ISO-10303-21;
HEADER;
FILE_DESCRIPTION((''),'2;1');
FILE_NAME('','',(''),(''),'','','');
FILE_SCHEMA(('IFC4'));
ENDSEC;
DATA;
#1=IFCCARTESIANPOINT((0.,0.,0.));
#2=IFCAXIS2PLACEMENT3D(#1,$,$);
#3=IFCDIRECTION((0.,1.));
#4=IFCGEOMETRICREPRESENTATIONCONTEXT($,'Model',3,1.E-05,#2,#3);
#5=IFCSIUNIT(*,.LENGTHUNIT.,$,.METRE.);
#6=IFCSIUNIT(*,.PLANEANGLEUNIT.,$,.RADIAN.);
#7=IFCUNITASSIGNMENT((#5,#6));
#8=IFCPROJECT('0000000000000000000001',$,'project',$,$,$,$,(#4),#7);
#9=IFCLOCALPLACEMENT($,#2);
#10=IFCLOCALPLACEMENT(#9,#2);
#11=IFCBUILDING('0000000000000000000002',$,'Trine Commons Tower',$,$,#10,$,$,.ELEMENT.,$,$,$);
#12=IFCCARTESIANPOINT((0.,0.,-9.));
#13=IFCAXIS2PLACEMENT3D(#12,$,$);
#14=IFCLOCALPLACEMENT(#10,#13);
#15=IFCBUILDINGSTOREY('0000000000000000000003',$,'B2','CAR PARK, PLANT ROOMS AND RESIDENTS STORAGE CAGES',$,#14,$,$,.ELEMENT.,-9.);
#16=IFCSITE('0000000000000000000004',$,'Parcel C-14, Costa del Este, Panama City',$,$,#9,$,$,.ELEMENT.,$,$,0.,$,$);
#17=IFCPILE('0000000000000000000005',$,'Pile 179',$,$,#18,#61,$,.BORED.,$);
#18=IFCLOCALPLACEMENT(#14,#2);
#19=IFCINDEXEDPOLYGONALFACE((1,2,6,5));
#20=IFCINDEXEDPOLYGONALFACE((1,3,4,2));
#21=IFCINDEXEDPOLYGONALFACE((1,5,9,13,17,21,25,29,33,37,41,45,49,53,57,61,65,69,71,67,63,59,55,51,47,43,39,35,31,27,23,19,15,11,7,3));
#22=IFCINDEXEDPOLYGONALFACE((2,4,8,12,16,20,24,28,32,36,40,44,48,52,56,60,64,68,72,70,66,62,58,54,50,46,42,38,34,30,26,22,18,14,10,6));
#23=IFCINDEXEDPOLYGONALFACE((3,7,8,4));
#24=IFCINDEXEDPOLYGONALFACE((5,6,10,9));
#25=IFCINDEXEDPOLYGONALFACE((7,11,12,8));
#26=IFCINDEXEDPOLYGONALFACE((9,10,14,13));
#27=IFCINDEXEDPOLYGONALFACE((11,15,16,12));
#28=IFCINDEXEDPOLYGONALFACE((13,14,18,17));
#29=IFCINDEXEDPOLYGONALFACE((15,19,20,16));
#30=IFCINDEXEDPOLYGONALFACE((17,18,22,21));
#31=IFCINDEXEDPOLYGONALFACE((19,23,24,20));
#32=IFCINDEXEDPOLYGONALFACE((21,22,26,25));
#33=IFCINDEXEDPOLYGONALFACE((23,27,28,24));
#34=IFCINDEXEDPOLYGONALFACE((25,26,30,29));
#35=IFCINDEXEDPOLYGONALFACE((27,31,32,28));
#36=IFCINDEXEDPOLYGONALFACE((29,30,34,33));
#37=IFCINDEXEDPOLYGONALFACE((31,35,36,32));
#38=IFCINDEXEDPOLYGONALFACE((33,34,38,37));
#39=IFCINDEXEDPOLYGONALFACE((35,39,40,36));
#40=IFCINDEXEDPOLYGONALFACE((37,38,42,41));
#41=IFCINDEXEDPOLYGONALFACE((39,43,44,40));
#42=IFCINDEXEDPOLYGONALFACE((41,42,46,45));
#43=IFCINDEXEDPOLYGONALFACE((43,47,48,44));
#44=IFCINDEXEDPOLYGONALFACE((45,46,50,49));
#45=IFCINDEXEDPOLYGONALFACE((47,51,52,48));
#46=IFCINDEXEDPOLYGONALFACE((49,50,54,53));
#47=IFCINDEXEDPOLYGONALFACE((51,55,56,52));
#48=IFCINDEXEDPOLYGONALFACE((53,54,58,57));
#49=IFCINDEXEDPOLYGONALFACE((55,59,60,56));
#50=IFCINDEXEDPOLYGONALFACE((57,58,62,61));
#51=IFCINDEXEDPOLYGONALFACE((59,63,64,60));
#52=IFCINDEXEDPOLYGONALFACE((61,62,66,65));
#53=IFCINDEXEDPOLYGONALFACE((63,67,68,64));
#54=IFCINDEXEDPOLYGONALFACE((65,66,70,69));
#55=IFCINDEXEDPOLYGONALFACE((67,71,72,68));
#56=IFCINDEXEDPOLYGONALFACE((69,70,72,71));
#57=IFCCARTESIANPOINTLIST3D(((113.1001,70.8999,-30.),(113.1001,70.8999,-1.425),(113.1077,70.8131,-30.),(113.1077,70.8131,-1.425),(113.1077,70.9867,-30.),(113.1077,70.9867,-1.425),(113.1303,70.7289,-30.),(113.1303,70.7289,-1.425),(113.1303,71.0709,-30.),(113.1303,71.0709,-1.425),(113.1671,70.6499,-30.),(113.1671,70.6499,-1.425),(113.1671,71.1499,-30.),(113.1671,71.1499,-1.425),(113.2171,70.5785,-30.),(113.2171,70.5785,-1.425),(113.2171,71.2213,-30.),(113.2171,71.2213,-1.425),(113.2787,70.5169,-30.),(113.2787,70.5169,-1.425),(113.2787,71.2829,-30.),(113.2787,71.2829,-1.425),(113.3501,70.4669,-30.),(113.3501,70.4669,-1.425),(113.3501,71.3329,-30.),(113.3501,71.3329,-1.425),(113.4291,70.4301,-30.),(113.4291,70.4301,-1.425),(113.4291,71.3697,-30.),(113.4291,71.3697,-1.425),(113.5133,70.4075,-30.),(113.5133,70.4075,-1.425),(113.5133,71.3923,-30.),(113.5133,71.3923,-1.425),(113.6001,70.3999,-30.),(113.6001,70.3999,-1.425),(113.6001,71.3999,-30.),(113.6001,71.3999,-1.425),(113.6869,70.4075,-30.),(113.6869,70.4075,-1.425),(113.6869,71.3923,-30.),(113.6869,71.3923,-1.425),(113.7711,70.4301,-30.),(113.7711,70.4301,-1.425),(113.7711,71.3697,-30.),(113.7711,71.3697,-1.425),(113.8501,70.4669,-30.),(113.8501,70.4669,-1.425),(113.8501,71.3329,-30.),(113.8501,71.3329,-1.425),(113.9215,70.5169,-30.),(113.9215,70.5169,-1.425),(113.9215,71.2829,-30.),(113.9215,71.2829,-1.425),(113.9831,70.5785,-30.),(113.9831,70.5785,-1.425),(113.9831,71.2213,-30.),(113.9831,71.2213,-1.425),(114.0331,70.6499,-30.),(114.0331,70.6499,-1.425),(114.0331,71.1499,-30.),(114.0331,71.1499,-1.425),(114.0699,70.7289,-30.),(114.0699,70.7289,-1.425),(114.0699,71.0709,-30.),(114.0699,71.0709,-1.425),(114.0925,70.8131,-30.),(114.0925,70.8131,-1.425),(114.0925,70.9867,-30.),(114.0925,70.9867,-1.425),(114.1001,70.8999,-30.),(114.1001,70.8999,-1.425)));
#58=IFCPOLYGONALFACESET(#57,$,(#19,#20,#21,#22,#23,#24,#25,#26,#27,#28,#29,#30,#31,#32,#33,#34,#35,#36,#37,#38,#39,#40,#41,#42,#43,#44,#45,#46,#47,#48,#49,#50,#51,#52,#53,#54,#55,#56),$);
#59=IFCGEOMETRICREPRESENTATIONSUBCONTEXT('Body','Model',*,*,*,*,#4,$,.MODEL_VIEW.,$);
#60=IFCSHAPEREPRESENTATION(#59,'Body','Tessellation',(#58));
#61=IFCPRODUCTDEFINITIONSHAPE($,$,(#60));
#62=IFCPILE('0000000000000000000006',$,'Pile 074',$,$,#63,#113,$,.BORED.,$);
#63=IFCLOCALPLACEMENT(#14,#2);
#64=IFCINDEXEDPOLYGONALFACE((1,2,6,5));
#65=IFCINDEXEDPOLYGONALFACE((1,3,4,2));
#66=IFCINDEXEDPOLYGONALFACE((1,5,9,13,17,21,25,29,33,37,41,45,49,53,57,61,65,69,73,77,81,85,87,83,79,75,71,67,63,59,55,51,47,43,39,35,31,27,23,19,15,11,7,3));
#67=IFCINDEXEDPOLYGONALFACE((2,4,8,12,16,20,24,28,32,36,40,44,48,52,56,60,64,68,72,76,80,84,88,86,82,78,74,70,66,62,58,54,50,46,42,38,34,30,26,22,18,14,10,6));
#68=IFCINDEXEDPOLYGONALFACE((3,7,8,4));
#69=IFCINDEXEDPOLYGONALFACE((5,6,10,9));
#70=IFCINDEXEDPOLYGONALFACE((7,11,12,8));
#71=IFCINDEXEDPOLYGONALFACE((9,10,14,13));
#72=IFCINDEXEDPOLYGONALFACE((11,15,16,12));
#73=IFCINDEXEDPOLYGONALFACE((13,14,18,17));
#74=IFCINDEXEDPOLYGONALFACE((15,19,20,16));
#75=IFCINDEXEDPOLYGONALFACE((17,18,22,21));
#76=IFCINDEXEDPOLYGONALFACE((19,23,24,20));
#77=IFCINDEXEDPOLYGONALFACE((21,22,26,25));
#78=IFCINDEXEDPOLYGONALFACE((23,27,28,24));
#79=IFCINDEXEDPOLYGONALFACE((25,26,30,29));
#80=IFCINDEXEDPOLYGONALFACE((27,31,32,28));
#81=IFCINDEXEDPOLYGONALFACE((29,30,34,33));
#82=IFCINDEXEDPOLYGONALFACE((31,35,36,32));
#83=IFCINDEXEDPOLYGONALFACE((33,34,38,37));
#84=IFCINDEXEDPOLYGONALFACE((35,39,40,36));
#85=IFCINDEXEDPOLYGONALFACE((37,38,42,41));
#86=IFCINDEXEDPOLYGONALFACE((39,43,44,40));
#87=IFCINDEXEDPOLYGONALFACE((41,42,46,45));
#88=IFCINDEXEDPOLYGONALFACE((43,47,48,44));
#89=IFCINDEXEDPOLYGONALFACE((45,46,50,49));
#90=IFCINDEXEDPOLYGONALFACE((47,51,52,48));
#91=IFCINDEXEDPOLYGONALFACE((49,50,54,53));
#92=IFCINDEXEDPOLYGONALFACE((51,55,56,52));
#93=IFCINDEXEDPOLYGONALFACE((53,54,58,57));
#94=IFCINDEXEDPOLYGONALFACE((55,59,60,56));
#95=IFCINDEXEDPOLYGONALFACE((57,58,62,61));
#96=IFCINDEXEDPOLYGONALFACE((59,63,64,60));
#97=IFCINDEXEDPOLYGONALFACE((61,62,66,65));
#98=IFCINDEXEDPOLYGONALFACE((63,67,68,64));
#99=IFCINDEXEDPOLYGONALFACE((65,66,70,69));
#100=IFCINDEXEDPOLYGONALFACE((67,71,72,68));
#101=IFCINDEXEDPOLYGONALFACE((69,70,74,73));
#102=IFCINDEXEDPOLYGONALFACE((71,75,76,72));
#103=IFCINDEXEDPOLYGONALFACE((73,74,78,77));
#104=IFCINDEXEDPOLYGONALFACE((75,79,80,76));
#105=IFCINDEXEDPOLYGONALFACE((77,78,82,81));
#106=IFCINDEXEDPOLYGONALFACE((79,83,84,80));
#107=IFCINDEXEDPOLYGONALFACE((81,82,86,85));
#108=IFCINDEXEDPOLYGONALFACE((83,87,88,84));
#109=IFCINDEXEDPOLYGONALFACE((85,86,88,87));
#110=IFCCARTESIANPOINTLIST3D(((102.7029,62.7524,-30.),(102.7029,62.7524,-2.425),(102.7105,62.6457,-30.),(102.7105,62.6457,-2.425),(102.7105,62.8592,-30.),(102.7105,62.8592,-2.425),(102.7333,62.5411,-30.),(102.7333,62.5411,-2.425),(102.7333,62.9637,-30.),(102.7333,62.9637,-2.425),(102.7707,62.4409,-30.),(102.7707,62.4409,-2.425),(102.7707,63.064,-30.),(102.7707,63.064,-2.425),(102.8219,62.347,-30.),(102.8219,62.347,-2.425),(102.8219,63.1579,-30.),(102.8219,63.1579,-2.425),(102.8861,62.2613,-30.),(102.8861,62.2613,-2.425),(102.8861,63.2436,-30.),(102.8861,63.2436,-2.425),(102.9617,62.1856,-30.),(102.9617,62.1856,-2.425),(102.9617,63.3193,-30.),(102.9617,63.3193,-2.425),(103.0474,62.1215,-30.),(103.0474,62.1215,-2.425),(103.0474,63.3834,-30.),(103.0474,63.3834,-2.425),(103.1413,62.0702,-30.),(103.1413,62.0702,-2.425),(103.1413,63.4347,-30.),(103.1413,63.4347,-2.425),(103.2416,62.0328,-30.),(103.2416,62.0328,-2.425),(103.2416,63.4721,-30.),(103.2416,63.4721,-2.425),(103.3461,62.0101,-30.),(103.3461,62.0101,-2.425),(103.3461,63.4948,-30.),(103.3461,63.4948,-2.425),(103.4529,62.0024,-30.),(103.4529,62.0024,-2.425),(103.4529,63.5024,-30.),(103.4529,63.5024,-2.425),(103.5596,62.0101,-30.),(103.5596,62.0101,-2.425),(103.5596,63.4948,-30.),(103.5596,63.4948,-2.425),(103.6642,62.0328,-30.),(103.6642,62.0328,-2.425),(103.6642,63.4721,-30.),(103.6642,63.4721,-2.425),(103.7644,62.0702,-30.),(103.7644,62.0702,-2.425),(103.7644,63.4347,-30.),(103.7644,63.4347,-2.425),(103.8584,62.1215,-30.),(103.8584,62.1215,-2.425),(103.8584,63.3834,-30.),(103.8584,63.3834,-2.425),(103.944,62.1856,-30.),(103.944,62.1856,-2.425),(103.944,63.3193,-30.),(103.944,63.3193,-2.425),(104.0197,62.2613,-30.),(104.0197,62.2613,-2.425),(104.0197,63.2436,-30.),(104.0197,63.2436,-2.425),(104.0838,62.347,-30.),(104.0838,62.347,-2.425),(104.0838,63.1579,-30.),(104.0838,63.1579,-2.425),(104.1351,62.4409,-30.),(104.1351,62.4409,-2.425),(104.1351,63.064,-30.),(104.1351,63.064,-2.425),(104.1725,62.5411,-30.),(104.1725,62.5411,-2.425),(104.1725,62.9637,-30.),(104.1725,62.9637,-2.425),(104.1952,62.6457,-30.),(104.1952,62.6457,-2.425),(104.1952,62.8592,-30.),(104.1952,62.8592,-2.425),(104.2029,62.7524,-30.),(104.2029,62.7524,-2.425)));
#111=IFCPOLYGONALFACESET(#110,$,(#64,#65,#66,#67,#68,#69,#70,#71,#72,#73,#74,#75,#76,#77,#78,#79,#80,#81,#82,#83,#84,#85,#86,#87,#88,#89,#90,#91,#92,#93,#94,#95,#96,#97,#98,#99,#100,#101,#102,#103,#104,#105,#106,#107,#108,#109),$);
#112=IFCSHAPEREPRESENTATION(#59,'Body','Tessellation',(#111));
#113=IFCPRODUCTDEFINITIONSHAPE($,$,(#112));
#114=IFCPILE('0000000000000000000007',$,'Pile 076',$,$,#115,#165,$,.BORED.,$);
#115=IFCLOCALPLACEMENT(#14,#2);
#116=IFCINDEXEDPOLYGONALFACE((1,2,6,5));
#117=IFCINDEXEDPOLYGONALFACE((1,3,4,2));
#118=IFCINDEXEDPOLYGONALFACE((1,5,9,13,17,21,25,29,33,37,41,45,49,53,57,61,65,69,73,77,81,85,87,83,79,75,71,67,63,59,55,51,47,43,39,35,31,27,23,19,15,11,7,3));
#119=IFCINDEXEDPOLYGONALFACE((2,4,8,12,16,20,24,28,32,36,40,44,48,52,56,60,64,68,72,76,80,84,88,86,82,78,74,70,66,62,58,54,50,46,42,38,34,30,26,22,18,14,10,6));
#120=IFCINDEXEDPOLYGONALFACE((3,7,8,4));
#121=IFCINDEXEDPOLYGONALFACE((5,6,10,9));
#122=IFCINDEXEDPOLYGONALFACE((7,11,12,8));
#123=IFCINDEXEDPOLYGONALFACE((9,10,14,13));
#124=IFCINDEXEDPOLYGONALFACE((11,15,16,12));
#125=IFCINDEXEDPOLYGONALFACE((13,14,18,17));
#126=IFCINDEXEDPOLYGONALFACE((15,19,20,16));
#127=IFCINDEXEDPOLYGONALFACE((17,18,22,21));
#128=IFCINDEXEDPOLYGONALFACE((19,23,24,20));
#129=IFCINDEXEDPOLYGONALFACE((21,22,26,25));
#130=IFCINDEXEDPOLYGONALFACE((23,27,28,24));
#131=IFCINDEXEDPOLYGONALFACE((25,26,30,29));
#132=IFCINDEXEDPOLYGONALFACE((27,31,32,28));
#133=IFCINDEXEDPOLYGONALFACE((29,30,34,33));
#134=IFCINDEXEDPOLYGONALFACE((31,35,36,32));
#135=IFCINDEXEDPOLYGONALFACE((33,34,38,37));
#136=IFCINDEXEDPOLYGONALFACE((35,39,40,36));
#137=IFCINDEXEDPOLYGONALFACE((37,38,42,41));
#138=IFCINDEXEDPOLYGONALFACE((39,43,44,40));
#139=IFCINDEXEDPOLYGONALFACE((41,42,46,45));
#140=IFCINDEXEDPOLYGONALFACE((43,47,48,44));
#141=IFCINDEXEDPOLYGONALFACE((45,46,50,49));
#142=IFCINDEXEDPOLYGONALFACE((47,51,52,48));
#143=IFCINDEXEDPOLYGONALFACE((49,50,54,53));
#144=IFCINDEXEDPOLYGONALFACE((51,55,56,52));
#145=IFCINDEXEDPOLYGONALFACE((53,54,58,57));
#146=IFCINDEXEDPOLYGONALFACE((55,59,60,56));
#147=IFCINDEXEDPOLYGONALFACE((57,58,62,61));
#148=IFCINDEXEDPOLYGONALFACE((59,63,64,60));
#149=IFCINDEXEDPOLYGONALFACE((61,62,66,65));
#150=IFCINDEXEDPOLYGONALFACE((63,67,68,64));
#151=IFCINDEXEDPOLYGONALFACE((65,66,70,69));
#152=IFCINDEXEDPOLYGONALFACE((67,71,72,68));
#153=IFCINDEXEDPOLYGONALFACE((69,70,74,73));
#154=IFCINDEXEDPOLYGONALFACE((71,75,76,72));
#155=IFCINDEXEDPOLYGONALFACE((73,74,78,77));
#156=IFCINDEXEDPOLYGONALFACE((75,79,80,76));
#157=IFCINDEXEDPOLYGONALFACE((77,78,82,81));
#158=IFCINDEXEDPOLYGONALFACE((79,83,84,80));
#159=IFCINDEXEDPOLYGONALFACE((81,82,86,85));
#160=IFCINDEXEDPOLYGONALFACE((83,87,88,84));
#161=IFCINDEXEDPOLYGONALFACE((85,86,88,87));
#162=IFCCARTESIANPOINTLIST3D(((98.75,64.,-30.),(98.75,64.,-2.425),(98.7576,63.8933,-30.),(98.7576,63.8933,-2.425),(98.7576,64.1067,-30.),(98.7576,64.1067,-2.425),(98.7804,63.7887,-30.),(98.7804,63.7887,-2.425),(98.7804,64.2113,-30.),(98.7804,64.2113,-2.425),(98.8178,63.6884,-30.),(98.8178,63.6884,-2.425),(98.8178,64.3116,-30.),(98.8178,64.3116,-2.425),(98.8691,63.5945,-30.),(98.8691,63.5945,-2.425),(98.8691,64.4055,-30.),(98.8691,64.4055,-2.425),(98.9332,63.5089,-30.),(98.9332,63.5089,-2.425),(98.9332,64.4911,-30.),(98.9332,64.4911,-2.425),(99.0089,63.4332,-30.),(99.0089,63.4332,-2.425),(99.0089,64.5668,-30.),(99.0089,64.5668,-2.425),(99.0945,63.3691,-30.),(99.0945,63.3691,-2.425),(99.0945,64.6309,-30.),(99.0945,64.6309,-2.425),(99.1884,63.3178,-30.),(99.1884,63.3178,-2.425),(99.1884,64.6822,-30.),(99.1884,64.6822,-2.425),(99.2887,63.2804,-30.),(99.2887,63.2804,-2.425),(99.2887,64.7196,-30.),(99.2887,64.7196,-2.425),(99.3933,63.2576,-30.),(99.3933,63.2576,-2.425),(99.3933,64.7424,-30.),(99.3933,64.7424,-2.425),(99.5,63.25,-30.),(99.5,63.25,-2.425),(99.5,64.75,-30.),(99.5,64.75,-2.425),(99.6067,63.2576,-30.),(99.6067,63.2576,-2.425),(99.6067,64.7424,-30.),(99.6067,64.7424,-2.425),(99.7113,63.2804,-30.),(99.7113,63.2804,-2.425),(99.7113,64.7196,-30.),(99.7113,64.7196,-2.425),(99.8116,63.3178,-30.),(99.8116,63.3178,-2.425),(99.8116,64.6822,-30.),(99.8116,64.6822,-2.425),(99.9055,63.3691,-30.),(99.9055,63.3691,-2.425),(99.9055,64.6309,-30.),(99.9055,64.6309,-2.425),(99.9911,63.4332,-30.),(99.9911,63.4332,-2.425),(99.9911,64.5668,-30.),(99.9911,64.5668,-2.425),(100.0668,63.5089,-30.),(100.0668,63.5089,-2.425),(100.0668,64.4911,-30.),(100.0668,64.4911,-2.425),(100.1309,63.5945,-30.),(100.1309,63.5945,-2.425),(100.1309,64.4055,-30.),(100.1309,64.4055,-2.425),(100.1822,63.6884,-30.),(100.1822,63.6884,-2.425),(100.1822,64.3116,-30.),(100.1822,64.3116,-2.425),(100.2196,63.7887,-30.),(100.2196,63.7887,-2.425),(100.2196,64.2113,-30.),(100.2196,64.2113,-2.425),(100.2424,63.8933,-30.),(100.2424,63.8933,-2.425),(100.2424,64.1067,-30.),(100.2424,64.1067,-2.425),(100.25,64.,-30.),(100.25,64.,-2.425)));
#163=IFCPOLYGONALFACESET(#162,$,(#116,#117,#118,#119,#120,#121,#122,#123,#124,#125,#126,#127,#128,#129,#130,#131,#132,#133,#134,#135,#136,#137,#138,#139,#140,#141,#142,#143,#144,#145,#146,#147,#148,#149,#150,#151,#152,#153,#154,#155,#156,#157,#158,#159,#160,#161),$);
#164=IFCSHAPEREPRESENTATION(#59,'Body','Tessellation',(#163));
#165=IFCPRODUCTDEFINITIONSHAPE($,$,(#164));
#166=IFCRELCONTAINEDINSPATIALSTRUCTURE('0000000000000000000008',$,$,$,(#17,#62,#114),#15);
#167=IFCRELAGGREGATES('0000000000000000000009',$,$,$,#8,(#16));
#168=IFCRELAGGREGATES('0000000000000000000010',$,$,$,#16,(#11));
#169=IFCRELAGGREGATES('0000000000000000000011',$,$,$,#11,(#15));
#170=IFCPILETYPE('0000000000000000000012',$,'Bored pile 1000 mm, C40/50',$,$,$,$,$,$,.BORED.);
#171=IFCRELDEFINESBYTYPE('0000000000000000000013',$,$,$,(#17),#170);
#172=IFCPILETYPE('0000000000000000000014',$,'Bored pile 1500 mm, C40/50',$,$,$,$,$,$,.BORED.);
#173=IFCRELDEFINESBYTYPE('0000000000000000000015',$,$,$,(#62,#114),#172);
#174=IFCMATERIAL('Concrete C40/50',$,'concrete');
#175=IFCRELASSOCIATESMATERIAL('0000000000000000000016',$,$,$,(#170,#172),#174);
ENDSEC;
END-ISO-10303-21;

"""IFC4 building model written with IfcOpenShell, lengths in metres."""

from ifc_helpers import new_model, si_unit, direction, frame, origin, origin_2d, place, context, subcontext, project, spatial, circle, extrude, material, type_object, element, save


model = new_model("IFC4")

# Units and contexts
model_context = context("Model", 3, precision=1e-05, world=origin(), true_north=direction((0.0, 1.0)))
body_context = subcontext(model_context, "Body", "Model", "MODEL_VIEW")
ifc_project = project(units=[si_unit("LENGTHUNIT", "METRE"), si_unit("PLANEANGLEUNIT", "RADIAN")], contexts=[model_context])

# Site, building, storey
site_placement = place(None, origin())
site = spatial("IfcSite", under=ifc_project, at=site_placement, Name="Parcel C-14, Costa del Este, Panama City", CompositionType="ELEMENT", RefElevation=0.0)
building_placement = place(site_placement, origin())
building = spatial("IfcBuilding", under=site, at=building_placement, Name="Trine Commons Tower", CompositionType="ELEMENT")
storey_placement = place(building_placement, frame((0.0, 0.0, -9.0)))
storey = spatial("IfcBuildingStorey", under=building, at=storey_placement, Name="B2", Description="CAR PARK, PLANT ROOMS AND RESIDENTS STORAGE CAGES", CompositionType="ELEMENT", Elevation=-9.0)

# Piles
ifc_material_1 = material(Name="Concrete C40/50", Category="concrete")
pile_type_1 = type_object("IfcPileType", Name="Bored pile 1000 mm, C40/50", PredefinedType="BORED", material=ifc_material_1)
pile_placement = place(storey_placement, frame((113.6001, 70.8999, -1.425), z_axis=(0.0, 0.0, -1.0), x_axis=(1.0, 0.0, 0.0)))
element("IfcPile", 1, at=pile_placement, inside=storey, type_object=pile_type_1, Name="Pile 179", PredefinedType="BORED", context=body_context, shape_type="SweptSolid", body=[
    extrude(circle(Radius=0.5, at=origin_2d()), origin(), (0.0, 0.0, 1.0), 28.575),
])
pile_type_2 = type_object("IfcPileType", Name="Bored pile 1500 mm, C40/50", PredefinedType="BORED", material=ifc_material_1)
for number, where, z_axis, x_axis, name in (
    (2, (103.4529, 62.7524, -2.425), (0.0, 0.0, -1.0), (1.0, 0.0, 0.0), "Pile 074"),
    (3, (99.5, 64.0, -2.425), (0.0, 0.0, -1.0), (1.0, 0.0, 0.0), "Pile 076"),
):
    element("IfcPile", number, at=place(storey_placement, frame(where, z_axis=z_axis, x_axis=x_axis)), inside=storey, type_object=pile_type_2, Name=name, PredefinedType="BORED", context=body_context, shape_type="SweptSolid", body=[
        extrude(circle(Radius=0.75, at=origin_2d()), origin(), (0.0, 0.0, 1.0), 27.575),
    ])

save(model, "model.ifc")
